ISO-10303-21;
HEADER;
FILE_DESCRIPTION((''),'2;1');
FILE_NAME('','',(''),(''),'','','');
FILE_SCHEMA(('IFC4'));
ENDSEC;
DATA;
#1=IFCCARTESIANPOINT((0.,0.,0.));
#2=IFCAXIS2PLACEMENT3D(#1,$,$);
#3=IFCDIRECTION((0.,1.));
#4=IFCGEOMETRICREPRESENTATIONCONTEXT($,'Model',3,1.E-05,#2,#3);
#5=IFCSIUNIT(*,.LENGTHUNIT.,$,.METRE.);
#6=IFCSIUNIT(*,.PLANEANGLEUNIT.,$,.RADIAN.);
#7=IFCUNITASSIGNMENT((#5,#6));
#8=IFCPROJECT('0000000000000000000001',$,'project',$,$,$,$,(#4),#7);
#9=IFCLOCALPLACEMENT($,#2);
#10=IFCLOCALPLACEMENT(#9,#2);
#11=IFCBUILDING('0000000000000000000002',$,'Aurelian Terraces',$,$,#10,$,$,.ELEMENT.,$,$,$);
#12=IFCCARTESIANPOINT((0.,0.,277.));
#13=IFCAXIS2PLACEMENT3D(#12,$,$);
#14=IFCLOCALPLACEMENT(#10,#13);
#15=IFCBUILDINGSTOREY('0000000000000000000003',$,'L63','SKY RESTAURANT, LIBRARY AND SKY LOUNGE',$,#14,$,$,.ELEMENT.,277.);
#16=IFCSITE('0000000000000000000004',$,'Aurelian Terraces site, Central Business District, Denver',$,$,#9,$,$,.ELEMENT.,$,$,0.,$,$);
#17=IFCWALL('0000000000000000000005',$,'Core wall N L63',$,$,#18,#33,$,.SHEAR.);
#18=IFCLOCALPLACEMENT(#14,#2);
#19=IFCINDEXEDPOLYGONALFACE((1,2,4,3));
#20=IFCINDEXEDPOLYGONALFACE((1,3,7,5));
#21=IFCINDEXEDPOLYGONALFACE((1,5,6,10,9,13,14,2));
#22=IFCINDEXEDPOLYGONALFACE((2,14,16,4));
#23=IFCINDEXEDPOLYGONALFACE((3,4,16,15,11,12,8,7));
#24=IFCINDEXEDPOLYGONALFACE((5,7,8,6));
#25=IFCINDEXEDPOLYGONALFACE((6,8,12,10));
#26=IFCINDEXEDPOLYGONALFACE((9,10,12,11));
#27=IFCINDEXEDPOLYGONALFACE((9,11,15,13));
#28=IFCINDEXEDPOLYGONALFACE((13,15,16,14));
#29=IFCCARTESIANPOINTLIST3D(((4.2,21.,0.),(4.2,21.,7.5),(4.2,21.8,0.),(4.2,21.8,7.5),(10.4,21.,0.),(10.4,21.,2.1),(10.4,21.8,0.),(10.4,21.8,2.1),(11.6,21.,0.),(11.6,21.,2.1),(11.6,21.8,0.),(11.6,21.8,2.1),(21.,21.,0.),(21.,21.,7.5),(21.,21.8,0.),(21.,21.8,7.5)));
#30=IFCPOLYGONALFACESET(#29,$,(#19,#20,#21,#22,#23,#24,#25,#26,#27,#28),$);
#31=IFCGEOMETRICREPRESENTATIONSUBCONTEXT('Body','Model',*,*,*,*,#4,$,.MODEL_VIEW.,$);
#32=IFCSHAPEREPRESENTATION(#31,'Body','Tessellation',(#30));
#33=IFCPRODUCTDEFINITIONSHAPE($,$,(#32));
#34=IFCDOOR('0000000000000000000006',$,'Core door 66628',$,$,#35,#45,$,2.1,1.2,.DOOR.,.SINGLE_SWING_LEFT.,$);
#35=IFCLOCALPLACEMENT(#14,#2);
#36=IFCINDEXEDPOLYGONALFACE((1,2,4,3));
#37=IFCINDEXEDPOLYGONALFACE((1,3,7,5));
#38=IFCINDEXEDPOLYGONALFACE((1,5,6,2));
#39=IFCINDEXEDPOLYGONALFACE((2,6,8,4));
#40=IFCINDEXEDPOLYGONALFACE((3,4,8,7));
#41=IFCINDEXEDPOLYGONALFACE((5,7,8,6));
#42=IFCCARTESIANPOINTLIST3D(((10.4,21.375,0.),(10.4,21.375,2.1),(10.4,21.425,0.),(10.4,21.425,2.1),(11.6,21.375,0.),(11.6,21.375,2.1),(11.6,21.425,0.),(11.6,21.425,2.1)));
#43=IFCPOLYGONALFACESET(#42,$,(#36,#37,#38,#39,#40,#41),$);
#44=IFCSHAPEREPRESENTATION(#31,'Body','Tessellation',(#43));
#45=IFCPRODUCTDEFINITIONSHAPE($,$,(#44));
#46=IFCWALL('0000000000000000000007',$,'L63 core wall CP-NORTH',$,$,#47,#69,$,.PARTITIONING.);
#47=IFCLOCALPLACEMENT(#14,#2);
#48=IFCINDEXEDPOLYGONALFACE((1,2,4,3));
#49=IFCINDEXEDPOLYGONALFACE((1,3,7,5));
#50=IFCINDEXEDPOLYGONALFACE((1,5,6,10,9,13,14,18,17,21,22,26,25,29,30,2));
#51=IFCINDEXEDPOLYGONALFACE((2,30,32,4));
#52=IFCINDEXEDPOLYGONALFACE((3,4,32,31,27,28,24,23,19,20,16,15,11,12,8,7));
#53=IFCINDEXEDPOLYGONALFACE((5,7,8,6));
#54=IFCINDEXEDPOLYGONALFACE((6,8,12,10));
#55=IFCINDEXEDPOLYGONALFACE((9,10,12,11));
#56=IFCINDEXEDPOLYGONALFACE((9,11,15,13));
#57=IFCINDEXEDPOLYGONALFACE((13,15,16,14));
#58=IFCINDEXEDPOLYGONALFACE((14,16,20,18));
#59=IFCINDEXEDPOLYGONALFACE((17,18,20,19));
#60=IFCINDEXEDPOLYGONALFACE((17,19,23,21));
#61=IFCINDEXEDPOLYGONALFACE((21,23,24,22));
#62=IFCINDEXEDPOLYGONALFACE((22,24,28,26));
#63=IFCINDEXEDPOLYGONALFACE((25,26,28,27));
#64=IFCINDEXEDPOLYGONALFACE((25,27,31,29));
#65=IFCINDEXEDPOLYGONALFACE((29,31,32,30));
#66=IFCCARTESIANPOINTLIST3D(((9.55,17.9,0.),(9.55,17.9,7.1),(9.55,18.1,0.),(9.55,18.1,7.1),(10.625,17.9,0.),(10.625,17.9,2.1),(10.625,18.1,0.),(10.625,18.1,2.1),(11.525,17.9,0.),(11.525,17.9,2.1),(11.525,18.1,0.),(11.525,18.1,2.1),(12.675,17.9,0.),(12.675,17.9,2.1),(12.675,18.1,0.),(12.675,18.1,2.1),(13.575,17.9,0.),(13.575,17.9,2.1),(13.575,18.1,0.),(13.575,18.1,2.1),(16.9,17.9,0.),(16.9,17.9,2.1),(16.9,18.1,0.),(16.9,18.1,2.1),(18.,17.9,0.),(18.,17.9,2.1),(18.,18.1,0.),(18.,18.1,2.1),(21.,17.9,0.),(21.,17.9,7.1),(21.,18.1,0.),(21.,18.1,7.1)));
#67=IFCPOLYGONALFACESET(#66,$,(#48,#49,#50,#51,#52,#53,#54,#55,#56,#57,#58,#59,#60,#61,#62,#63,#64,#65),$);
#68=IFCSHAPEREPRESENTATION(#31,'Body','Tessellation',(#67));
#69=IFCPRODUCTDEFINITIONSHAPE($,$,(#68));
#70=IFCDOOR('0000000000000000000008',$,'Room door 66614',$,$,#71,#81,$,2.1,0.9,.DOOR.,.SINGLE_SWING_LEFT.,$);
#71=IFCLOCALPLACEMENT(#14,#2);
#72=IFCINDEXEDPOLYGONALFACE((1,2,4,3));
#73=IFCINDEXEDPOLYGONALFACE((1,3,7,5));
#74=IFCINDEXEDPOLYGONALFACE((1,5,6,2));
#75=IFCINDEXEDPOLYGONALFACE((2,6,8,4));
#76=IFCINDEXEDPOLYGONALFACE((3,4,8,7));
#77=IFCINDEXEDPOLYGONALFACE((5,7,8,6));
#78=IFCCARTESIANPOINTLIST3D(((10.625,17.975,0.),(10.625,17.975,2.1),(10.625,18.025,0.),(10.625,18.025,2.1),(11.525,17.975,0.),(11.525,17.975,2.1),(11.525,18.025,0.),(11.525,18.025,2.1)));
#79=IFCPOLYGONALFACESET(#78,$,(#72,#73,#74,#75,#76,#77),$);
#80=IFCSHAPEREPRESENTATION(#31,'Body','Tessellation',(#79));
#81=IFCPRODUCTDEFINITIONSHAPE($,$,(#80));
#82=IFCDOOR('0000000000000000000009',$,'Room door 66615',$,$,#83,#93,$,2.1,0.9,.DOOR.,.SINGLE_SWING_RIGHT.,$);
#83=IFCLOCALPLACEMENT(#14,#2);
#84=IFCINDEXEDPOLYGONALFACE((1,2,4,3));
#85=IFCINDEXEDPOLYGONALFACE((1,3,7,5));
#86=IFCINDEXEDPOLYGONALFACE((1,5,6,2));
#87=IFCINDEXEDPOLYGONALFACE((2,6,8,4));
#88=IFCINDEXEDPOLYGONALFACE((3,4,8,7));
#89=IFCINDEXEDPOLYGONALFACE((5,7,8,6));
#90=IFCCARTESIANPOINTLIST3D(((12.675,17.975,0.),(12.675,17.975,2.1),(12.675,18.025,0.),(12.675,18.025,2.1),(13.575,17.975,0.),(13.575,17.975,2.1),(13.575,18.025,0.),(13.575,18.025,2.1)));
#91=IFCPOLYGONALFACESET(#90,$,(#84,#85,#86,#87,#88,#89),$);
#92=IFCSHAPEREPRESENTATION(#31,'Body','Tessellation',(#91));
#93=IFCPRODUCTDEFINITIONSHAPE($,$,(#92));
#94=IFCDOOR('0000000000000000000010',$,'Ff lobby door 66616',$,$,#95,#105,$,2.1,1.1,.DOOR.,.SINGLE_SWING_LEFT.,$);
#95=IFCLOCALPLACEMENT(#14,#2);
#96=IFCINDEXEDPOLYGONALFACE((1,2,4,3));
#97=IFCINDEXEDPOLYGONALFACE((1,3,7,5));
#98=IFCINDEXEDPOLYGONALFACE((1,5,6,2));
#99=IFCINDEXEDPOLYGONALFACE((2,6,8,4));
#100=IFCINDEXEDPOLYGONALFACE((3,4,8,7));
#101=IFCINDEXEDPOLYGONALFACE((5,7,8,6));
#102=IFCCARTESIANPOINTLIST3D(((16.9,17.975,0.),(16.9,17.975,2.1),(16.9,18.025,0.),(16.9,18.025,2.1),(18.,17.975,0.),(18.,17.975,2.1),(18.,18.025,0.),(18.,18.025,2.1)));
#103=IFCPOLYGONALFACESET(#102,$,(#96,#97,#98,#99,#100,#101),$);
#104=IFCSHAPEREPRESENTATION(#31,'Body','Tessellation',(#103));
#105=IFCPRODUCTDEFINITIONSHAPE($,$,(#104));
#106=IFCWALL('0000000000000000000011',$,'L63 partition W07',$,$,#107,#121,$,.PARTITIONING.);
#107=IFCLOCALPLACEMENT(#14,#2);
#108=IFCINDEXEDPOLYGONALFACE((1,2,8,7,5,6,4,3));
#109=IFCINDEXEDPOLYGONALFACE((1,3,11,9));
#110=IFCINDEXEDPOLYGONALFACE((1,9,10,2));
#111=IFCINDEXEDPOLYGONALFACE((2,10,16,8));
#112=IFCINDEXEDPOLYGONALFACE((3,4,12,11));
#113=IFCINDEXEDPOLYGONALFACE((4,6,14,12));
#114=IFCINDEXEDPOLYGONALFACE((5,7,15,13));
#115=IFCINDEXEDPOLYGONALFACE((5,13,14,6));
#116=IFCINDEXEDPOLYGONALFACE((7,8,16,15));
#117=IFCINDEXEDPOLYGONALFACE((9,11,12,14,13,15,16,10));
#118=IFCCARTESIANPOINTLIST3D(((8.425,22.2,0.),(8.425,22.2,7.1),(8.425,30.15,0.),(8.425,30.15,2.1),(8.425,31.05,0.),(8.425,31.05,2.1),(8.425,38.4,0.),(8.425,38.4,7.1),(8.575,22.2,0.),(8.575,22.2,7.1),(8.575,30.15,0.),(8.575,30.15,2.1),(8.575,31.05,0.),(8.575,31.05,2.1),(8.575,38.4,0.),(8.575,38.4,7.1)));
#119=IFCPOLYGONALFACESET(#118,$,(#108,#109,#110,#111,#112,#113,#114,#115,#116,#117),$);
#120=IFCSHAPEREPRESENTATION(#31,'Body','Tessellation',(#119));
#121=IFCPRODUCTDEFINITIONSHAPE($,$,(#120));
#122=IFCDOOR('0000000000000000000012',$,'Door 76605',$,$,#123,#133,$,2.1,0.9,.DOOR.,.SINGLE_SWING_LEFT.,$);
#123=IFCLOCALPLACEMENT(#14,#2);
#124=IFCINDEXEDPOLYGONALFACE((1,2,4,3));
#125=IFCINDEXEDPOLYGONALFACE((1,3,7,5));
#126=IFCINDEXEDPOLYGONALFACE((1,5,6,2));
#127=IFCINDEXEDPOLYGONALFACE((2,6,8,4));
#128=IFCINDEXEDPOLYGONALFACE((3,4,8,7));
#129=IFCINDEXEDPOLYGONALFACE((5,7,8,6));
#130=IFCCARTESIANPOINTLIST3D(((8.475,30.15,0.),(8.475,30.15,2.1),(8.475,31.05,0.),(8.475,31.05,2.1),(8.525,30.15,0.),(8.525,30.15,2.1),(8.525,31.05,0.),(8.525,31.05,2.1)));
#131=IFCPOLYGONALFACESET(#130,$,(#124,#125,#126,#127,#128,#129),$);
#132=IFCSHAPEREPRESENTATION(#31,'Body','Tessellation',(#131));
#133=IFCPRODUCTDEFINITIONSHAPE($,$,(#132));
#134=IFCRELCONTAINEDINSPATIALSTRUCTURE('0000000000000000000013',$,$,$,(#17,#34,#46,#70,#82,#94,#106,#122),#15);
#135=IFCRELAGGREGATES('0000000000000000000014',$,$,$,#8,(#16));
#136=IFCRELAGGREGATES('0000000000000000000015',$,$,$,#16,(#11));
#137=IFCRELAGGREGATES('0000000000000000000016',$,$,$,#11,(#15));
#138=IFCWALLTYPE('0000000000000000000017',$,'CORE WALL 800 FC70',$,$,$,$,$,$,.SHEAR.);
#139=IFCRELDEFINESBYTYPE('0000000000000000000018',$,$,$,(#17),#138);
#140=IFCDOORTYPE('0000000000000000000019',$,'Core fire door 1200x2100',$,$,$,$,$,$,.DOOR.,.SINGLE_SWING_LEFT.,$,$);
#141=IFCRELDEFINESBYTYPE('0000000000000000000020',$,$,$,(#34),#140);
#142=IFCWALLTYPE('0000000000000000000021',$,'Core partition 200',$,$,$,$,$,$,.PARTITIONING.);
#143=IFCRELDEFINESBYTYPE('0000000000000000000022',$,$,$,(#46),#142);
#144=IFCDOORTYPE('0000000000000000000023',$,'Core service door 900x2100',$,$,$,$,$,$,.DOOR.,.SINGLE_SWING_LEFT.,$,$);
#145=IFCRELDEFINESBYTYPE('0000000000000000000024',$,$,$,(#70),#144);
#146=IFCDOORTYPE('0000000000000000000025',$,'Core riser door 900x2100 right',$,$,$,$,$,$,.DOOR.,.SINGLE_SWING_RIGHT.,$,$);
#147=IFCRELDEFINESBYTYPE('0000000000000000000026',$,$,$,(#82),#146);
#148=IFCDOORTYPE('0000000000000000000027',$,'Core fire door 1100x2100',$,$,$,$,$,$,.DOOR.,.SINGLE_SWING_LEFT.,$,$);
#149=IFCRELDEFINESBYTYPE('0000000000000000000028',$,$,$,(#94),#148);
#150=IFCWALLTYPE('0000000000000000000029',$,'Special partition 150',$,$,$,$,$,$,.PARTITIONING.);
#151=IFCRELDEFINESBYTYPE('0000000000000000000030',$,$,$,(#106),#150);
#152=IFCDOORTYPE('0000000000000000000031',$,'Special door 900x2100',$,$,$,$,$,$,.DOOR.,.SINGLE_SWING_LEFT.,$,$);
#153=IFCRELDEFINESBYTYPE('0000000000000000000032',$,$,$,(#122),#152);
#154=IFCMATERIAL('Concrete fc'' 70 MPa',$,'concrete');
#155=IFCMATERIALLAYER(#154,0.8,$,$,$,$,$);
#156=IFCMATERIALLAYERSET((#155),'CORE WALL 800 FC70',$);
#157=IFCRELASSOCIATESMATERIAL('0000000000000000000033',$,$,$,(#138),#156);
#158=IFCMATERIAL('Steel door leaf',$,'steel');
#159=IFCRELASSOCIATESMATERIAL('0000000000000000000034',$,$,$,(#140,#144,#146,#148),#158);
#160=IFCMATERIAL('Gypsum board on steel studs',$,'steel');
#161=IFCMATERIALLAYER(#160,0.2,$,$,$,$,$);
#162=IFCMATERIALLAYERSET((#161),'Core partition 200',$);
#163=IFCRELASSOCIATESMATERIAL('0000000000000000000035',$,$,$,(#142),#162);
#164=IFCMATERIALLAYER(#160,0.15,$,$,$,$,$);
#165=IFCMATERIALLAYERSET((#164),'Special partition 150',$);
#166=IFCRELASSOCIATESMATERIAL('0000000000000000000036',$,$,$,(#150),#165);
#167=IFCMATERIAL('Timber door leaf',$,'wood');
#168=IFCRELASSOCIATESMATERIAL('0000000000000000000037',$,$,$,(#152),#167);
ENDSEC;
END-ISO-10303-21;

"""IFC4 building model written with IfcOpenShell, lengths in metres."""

from ifc_helpers import new_model, si_unit, direction, frame, frame_2d, origin, place, context, subcontext, project, spatial, rectangle, extrude, source, transform, mapped, material, layer, layer_set, type_object, element, fill, save


model = new_model("IFC4")

# Units and contexts
model_context = context("Model", 3, precision=1e-05, world=origin(), true_north=direction((0.0, 1.0)))
body_context = subcontext(model_context, "Body", "Model", "MODEL_VIEW")
ifc_project = project(units=[si_unit("LENGTHUNIT", "METRE"), si_unit("PLANEANGLEUNIT", "RADIAN")], contexts=[model_context])

# Site, building, storey
site_placement = place(None, origin())
site = spatial("IfcSite", under=ifc_project, at=site_placement, Name="Aurelian Terraces site, Central Business District, Denver", CompositionType="ELEMENT", RefElevation=0.0)
building_placement = place(site_placement, origin())
building = spatial("IfcBuilding", under=site, at=building_placement, Name="Aurelian Terraces", CompositionType="ELEMENT")
storey_placement = place(building_placement, frame((0.0, 0.0, 277.0)))
storey = spatial("IfcBuildingStorey", under=building, at=storey_placement, Name="L63", Description="SKY RESTAURANT, LIBRARY AND SKY LOUNGE", CompositionType="ELEMENT", Elevation=277.0)

# Shared definitions
ifc_material_1 = material(Name="Concrete fc' 70 MPa", Category="concrete")

# Wall, opening, door
ifc_layer_1 = layer(ifc_material_1, 0.8)
ifc_layer_set_1 = layer_set([ifc_layer_1], Name="CORE WALL 800 FC70")
wall_type_1 = type_object("IfcWallType", Name="CORE WALL 800 FC70", PredefinedType="SHEAR", material=ifc_layer_set_1)
shared_shape_1 = source(origin(), body_context, "Body", "SweptSolid", [
    extrude(rectangle(XDim=16.8, YDim=0.8, at=frame_2d((8.4, 0.0))), origin(), (0.0, 0.0, 1.0), 7.5),
])
wall_1_placement = place(storey_placement, frame((4.2, 21.4, 0.0), z_axis=(0.0, 0.0, 1.0), x_axis=(1.0, 0.0, 0.0)))
wall_1 = element("IfcWall", 1, at=wall_1_placement, inside=storey, type_object=wall_type_1, Name="Core wall N L63", PredefinedType="SHEAR", context=body_context, shape_type="MappedRepresentation", body=[
    mapped(shared_shape_1, transform((0.0, 0.0, 0.0), scale=1.0)),
])
shared_shape_2 = source(origin(), body_context, "Body", "SweptSolid", [
    extrude(rectangle(XDim=1.2, YDim=2.1, at=frame_2d((0.6, 1.05))), frame((0.0, 0.41, 0.0), z_axis=(0.0, -1.0, 0.0), x_axis=(1.0, 0.0, 0.0)), (0.0, 0.0, 1.0), 0.82),
])
opening_1_placement = place(wall_1_placement, frame((6.2, 0.0, 0.0)))
opening_1 = element("IfcOpeningElement", 2, at=opening_1_placement, cuts=wall_1, PredefinedType="OPENING", context=body_context, shape_type="MappedRepresentation", body=[
    mapped(shared_shape_2, transform((0.0, 0.0, 0.0), scale=1.0)),
])
ifc_material_2 = material(Name="Steel door leaf", Category="steel")
door_type_1 = type_object("IfcDoorType", Name="Core fire door 1200x2100", OperationType="SINGLE_SWING_LEFT", PredefinedType="DOOR", material=ifc_material_2)
shared_shape_3 = source(origin(), body_context, "Body", "SweptSolid", [
    extrude(rectangle(XDim=1.2, YDim=2.1, at=frame_2d((0.6, 1.05))), frame((0.0, 0.025, 0.0), z_axis=(0.0, -1.0, 0.0), x_axis=(1.0, 0.0, 0.0)), (0.0, 0.0, 1.0), 0.05),
])
door_1_placement = place(opening_1_placement, origin())
door_1 = element("IfcDoor", 3, at=door_1_placement, inside=storey, type_object=door_type_1, Name="Core door 66628", OperationType="SINGLE_SWING_LEFT", OverallHeight=2.1, OverallWidth=1.2, PredefinedType="DOOR", context=body_context, shape_type="MappedRepresentation", body=[
    mapped(shared_shape_3, transform((0.0, 0.0, 0.0), scale=1.0)),
])
fill(opening_1, door_1)

# Wall, openings, doors
ifc_material_3 = material(Name="Gypsum board on steel studs", Category="steel")
ifc_layer_2 = layer(ifc_material_3, 0.2)
ifc_layer_set_2 = layer_set([ifc_layer_2], Name="Core partition 200")
wall_type_2 = type_object("IfcWallType", Name="Core partition 200", PredefinedType="PARTITIONING", material=ifc_layer_set_2)
shared_shape_4 = source(origin(), body_context, "Body", "SweptSolid", [
    extrude(rectangle(XDim=11.45, YDim=0.2, at=frame_2d((5.725, 0.0))), origin(), (0.0, 0.0, 1.0), 7.1),
])
wall_2_placement = place(storey_placement, frame((9.55, 18.0, 0.0), z_axis=(0.0, 0.0, 1.0), x_axis=(1.0, 0.0, 0.0)))
wall_2 = element("IfcWall", 4, at=wall_2_placement, inside=storey, type_object=wall_type_2, Name="L63 core wall CP-NORTH", PredefinedType="PARTITIONING", context=body_context, shape_type="MappedRepresentation", body=[
    mapped(shared_shape_4, transform((0.0, 0.0, 0.0), scale=1.0)),
])
shared_shape_5 = source(origin(), body_context, "Body", "SweptSolid", [
    extrude(rectangle(XDim=0.9, YDim=2.1, at=frame_2d((0.45, 1.05))), frame((0.0, 0.11, 0.0), z_axis=(0.0, -1.0, 0.0), x_axis=(1.0, 0.0, 0.0)), (0.0, 0.0, 1.0), 0.22),
])
opening_2_placement = place(wall_2_placement, frame((1.075, 0.0, 0.0)))
opening_2 = element("IfcOpeningElement", 5, at=opening_2_placement, cuts=wall_2, PredefinedType="OPENING", context=body_context, shape_type="MappedRepresentation", body=[
    mapped(shared_shape_5, transform((0.0, 0.0, 0.0), scale=1.0)),
])
opening_3_placement = place(wall_2_placement, frame((3.125, 0.0, 0.0)))
opening_3 = element("IfcOpeningElement", 6, at=opening_3_placement, cuts=wall_2, PredefinedType="OPENING", context=body_context, shape_type="MappedRepresentation", body=[
    mapped(shared_shape_5, transform((0.0, 0.0, 0.0), scale=1.0)),
])
shared_shape_6 = source(origin(), body_context, "Body", "SweptSolid", [
    extrude(rectangle(XDim=1.1, YDim=2.1, at=frame_2d((0.55, 1.05))), frame((0.0, 0.11, 0.0), z_axis=(0.0, -1.0, 0.0), x_axis=(1.0, 0.0, 0.0)), (0.0, 0.0, 1.0), 0.22),
])
opening_4_placement = place(wall_2_placement, frame((7.35, 0.0, 0.0)))
opening_4 = element("IfcOpeningElement", 7, at=opening_4_placement, cuts=wall_2, PredefinedType="OPENING", context=body_context, shape_type="MappedRepresentation", body=[
    mapped(shared_shape_6, transform((0.0, 0.0, 0.0), scale=1.0)),
])
door_type_2 = type_object("IfcDoorType", Name="Core service door 900x2100", OperationType="SINGLE_SWING_LEFT", PredefinedType="DOOR", material=ifc_material_2)
shared_shape_7 = source(origin(), body_context, "Body", "SweptSolid", [
    extrude(rectangle(XDim=0.9, YDim=2.1, at=frame_2d((0.45, 1.05))), frame((0.0, 0.025, 0.0), z_axis=(0.0, -1.0, 0.0), x_axis=(1.0, 0.0, 0.0)), (0.0, 0.0, 1.0), 0.05),
])
door_2_placement = place(opening_2_placement, origin())
door_2 = element("IfcDoor", 8, at=door_2_placement, inside=storey, type_object=door_type_2, Name="Room door 66614", OperationType="SINGLE_SWING_LEFT", OverallHeight=2.1, OverallWidth=0.9, PredefinedType="DOOR", context=body_context, shape_type="MappedRepresentation", body=[
    mapped(shared_shape_7, transform((0.0, 0.0, 0.0), scale=1.0)),
])
fill(opening_2, door_2)
door_type_3 = type_object("IfcDoorType", Name="Core riser door 900x2100 right", OperationType="SINGLE_SWING_RIGHT", PredefinedType="DOOR", material=ifc_material_2)
door_3_placement = place(opening_3_placement, origin())
door_3 = element("IfcDoor", 9, at=door_3_placement, inside=storey, type_object=door_type_3, Name="Room door 66615", OperationType="SINGLE_SWING_RIGHT", OverallHeight=2.1, OverallWidth=0.9, PredefinedType="DOOR", context=body_context, shape_type="MappedRepresentation", body=[
    mapped(shared_shape_7, transform((0.0, 0.0, 0.0), scale=1.0)),
])
fill(opening_3, door_3)
door_type_4 = type_object("IfcDoorType", Name="Core fire door 1100x2100", OperationType="SINGLE_SWING_LEFT", PredefinedType="DOOR", material=ifc_material_2)
shared_shape_8 = source(origin(), body_context, "Body", "SweptSolid", [
    extrude(rectangle(XDim=1.1, YDim=2.1, at=frame_2d((0.55, 1.05))), frame((0.0, 0.025, 0.0), z_axis=(0.0, -1.0, 0.0), x_axis=(1.0, 0.0, 0.0)), (0.0, 0.0, 1.0), 0.05),
])
door_4_placement = place(opening_4_placement, origin())
door_4 = element("IfcDoor", 10, at=door_4_placement, inside=storey, type_object=door_type_4, Name="Ff lobby door 66616", OperationType="SINGLE_SWING_LEFT", OverallHeight=2.1, OverallWidth=1.1, PredefinedType="DOOR", context=body_context, shape_type="MappedRepresentation", body=[
    mapped(shared_shape_8, transform((0.0, 0.0, 0.0), scale=1.0)),
])
fill(opening_4, door_4)

# Wall, opening, door
ifc_layer_3 = layer(ifc_material_3, 0.15)
ifc_layer_set_3 = layer_set([ifc_layer_3], Name="Special partition 150")
wall_type_3 = type_object("IfcWallType", Name="Special partition 150", PredefinedType="PARTITIONING", material=ifc_layer_set_3)
shared_shape_9 = source(origin(), body_context, "Body", "SweptSolid", [
    extrude(rectangle(XDim=16.2, YDim=0.15, at=frame_2d((8.1, 0.0))), origin(), (0.0, 0.0, 1.0), 7.1),
])
wall_3_placement = place(storey_placement, frame((8.5, 22.2, 0.0), z_axis=(0.0, 0.0, 1.0), x_axis=(0.0, 1.0, 0.0)))
wall_3 = element("IfcWall", 11, at=wall_3_placement, inside=storey, type_object=wall_type_3, Name="L63 partition W07", PredefinedType="PARTITIONING", context=body_context, shape_type="MappedRepresentation", body=[
    mapped(shared_shape_9, transform((0.0, 0.0, 0.0), scale=1.0)),
])
shared_shape_10 = source(origin(), body_context, "Body", "SweptSolid", [
    extrude(rectangle(XDim=0.9, YDim=2.1, at=frame_2d((0.45, 1.05))), frame((0.0, 0.085, 0.0), z_axis=(0.0, -1.0, 0.0), x_axis=(1.0, 0.0, 0.0)), (0.0, 0.0, 1.0), 0.17),
])
opening_5_placement = place(wall_3_placement, frame((7.95, 0.0, 0.0)))
opening_5 = element("IfcOpeningElement", 12, at=opening_5_placement, cuts=wall_3, PredefinedType="OPENING", context=body_context, shape_type="MappedRepresentation", body=[
    mapped(shared_shape_10, transform((0.0, 0.0, 0.0), scale=1.0)),
])
ifc_material_4 = material(Name="Timber door leaf", Category="wood")
door_type_5 = type_object("IfcDoorType", Name="Special door 900x2100", OperationType="SINGLE_SWING_LEFT", PredefinedType="DOOR", material=ifc_material_4)
door_5_placement = place(opening_5_placement, origin())
door_5 = element("IfcDoor", 13, at=door_5_placement, inside=storey, type_object=door_type_5, Name="Door 76605", OperationType="SINGLE_SWING_LEFT", OverallHeight=2.1, OverallWidth=0.9, PredefinedType="DOOR", context=body_context, shape_type="MappedRepresentation", body=[
    mapped(shared_shape_7, transform((0.0, 0.0, 0.0), scale=1.0)),
])
fill(opening_5, door_5)

save(model, "model.ifc")
